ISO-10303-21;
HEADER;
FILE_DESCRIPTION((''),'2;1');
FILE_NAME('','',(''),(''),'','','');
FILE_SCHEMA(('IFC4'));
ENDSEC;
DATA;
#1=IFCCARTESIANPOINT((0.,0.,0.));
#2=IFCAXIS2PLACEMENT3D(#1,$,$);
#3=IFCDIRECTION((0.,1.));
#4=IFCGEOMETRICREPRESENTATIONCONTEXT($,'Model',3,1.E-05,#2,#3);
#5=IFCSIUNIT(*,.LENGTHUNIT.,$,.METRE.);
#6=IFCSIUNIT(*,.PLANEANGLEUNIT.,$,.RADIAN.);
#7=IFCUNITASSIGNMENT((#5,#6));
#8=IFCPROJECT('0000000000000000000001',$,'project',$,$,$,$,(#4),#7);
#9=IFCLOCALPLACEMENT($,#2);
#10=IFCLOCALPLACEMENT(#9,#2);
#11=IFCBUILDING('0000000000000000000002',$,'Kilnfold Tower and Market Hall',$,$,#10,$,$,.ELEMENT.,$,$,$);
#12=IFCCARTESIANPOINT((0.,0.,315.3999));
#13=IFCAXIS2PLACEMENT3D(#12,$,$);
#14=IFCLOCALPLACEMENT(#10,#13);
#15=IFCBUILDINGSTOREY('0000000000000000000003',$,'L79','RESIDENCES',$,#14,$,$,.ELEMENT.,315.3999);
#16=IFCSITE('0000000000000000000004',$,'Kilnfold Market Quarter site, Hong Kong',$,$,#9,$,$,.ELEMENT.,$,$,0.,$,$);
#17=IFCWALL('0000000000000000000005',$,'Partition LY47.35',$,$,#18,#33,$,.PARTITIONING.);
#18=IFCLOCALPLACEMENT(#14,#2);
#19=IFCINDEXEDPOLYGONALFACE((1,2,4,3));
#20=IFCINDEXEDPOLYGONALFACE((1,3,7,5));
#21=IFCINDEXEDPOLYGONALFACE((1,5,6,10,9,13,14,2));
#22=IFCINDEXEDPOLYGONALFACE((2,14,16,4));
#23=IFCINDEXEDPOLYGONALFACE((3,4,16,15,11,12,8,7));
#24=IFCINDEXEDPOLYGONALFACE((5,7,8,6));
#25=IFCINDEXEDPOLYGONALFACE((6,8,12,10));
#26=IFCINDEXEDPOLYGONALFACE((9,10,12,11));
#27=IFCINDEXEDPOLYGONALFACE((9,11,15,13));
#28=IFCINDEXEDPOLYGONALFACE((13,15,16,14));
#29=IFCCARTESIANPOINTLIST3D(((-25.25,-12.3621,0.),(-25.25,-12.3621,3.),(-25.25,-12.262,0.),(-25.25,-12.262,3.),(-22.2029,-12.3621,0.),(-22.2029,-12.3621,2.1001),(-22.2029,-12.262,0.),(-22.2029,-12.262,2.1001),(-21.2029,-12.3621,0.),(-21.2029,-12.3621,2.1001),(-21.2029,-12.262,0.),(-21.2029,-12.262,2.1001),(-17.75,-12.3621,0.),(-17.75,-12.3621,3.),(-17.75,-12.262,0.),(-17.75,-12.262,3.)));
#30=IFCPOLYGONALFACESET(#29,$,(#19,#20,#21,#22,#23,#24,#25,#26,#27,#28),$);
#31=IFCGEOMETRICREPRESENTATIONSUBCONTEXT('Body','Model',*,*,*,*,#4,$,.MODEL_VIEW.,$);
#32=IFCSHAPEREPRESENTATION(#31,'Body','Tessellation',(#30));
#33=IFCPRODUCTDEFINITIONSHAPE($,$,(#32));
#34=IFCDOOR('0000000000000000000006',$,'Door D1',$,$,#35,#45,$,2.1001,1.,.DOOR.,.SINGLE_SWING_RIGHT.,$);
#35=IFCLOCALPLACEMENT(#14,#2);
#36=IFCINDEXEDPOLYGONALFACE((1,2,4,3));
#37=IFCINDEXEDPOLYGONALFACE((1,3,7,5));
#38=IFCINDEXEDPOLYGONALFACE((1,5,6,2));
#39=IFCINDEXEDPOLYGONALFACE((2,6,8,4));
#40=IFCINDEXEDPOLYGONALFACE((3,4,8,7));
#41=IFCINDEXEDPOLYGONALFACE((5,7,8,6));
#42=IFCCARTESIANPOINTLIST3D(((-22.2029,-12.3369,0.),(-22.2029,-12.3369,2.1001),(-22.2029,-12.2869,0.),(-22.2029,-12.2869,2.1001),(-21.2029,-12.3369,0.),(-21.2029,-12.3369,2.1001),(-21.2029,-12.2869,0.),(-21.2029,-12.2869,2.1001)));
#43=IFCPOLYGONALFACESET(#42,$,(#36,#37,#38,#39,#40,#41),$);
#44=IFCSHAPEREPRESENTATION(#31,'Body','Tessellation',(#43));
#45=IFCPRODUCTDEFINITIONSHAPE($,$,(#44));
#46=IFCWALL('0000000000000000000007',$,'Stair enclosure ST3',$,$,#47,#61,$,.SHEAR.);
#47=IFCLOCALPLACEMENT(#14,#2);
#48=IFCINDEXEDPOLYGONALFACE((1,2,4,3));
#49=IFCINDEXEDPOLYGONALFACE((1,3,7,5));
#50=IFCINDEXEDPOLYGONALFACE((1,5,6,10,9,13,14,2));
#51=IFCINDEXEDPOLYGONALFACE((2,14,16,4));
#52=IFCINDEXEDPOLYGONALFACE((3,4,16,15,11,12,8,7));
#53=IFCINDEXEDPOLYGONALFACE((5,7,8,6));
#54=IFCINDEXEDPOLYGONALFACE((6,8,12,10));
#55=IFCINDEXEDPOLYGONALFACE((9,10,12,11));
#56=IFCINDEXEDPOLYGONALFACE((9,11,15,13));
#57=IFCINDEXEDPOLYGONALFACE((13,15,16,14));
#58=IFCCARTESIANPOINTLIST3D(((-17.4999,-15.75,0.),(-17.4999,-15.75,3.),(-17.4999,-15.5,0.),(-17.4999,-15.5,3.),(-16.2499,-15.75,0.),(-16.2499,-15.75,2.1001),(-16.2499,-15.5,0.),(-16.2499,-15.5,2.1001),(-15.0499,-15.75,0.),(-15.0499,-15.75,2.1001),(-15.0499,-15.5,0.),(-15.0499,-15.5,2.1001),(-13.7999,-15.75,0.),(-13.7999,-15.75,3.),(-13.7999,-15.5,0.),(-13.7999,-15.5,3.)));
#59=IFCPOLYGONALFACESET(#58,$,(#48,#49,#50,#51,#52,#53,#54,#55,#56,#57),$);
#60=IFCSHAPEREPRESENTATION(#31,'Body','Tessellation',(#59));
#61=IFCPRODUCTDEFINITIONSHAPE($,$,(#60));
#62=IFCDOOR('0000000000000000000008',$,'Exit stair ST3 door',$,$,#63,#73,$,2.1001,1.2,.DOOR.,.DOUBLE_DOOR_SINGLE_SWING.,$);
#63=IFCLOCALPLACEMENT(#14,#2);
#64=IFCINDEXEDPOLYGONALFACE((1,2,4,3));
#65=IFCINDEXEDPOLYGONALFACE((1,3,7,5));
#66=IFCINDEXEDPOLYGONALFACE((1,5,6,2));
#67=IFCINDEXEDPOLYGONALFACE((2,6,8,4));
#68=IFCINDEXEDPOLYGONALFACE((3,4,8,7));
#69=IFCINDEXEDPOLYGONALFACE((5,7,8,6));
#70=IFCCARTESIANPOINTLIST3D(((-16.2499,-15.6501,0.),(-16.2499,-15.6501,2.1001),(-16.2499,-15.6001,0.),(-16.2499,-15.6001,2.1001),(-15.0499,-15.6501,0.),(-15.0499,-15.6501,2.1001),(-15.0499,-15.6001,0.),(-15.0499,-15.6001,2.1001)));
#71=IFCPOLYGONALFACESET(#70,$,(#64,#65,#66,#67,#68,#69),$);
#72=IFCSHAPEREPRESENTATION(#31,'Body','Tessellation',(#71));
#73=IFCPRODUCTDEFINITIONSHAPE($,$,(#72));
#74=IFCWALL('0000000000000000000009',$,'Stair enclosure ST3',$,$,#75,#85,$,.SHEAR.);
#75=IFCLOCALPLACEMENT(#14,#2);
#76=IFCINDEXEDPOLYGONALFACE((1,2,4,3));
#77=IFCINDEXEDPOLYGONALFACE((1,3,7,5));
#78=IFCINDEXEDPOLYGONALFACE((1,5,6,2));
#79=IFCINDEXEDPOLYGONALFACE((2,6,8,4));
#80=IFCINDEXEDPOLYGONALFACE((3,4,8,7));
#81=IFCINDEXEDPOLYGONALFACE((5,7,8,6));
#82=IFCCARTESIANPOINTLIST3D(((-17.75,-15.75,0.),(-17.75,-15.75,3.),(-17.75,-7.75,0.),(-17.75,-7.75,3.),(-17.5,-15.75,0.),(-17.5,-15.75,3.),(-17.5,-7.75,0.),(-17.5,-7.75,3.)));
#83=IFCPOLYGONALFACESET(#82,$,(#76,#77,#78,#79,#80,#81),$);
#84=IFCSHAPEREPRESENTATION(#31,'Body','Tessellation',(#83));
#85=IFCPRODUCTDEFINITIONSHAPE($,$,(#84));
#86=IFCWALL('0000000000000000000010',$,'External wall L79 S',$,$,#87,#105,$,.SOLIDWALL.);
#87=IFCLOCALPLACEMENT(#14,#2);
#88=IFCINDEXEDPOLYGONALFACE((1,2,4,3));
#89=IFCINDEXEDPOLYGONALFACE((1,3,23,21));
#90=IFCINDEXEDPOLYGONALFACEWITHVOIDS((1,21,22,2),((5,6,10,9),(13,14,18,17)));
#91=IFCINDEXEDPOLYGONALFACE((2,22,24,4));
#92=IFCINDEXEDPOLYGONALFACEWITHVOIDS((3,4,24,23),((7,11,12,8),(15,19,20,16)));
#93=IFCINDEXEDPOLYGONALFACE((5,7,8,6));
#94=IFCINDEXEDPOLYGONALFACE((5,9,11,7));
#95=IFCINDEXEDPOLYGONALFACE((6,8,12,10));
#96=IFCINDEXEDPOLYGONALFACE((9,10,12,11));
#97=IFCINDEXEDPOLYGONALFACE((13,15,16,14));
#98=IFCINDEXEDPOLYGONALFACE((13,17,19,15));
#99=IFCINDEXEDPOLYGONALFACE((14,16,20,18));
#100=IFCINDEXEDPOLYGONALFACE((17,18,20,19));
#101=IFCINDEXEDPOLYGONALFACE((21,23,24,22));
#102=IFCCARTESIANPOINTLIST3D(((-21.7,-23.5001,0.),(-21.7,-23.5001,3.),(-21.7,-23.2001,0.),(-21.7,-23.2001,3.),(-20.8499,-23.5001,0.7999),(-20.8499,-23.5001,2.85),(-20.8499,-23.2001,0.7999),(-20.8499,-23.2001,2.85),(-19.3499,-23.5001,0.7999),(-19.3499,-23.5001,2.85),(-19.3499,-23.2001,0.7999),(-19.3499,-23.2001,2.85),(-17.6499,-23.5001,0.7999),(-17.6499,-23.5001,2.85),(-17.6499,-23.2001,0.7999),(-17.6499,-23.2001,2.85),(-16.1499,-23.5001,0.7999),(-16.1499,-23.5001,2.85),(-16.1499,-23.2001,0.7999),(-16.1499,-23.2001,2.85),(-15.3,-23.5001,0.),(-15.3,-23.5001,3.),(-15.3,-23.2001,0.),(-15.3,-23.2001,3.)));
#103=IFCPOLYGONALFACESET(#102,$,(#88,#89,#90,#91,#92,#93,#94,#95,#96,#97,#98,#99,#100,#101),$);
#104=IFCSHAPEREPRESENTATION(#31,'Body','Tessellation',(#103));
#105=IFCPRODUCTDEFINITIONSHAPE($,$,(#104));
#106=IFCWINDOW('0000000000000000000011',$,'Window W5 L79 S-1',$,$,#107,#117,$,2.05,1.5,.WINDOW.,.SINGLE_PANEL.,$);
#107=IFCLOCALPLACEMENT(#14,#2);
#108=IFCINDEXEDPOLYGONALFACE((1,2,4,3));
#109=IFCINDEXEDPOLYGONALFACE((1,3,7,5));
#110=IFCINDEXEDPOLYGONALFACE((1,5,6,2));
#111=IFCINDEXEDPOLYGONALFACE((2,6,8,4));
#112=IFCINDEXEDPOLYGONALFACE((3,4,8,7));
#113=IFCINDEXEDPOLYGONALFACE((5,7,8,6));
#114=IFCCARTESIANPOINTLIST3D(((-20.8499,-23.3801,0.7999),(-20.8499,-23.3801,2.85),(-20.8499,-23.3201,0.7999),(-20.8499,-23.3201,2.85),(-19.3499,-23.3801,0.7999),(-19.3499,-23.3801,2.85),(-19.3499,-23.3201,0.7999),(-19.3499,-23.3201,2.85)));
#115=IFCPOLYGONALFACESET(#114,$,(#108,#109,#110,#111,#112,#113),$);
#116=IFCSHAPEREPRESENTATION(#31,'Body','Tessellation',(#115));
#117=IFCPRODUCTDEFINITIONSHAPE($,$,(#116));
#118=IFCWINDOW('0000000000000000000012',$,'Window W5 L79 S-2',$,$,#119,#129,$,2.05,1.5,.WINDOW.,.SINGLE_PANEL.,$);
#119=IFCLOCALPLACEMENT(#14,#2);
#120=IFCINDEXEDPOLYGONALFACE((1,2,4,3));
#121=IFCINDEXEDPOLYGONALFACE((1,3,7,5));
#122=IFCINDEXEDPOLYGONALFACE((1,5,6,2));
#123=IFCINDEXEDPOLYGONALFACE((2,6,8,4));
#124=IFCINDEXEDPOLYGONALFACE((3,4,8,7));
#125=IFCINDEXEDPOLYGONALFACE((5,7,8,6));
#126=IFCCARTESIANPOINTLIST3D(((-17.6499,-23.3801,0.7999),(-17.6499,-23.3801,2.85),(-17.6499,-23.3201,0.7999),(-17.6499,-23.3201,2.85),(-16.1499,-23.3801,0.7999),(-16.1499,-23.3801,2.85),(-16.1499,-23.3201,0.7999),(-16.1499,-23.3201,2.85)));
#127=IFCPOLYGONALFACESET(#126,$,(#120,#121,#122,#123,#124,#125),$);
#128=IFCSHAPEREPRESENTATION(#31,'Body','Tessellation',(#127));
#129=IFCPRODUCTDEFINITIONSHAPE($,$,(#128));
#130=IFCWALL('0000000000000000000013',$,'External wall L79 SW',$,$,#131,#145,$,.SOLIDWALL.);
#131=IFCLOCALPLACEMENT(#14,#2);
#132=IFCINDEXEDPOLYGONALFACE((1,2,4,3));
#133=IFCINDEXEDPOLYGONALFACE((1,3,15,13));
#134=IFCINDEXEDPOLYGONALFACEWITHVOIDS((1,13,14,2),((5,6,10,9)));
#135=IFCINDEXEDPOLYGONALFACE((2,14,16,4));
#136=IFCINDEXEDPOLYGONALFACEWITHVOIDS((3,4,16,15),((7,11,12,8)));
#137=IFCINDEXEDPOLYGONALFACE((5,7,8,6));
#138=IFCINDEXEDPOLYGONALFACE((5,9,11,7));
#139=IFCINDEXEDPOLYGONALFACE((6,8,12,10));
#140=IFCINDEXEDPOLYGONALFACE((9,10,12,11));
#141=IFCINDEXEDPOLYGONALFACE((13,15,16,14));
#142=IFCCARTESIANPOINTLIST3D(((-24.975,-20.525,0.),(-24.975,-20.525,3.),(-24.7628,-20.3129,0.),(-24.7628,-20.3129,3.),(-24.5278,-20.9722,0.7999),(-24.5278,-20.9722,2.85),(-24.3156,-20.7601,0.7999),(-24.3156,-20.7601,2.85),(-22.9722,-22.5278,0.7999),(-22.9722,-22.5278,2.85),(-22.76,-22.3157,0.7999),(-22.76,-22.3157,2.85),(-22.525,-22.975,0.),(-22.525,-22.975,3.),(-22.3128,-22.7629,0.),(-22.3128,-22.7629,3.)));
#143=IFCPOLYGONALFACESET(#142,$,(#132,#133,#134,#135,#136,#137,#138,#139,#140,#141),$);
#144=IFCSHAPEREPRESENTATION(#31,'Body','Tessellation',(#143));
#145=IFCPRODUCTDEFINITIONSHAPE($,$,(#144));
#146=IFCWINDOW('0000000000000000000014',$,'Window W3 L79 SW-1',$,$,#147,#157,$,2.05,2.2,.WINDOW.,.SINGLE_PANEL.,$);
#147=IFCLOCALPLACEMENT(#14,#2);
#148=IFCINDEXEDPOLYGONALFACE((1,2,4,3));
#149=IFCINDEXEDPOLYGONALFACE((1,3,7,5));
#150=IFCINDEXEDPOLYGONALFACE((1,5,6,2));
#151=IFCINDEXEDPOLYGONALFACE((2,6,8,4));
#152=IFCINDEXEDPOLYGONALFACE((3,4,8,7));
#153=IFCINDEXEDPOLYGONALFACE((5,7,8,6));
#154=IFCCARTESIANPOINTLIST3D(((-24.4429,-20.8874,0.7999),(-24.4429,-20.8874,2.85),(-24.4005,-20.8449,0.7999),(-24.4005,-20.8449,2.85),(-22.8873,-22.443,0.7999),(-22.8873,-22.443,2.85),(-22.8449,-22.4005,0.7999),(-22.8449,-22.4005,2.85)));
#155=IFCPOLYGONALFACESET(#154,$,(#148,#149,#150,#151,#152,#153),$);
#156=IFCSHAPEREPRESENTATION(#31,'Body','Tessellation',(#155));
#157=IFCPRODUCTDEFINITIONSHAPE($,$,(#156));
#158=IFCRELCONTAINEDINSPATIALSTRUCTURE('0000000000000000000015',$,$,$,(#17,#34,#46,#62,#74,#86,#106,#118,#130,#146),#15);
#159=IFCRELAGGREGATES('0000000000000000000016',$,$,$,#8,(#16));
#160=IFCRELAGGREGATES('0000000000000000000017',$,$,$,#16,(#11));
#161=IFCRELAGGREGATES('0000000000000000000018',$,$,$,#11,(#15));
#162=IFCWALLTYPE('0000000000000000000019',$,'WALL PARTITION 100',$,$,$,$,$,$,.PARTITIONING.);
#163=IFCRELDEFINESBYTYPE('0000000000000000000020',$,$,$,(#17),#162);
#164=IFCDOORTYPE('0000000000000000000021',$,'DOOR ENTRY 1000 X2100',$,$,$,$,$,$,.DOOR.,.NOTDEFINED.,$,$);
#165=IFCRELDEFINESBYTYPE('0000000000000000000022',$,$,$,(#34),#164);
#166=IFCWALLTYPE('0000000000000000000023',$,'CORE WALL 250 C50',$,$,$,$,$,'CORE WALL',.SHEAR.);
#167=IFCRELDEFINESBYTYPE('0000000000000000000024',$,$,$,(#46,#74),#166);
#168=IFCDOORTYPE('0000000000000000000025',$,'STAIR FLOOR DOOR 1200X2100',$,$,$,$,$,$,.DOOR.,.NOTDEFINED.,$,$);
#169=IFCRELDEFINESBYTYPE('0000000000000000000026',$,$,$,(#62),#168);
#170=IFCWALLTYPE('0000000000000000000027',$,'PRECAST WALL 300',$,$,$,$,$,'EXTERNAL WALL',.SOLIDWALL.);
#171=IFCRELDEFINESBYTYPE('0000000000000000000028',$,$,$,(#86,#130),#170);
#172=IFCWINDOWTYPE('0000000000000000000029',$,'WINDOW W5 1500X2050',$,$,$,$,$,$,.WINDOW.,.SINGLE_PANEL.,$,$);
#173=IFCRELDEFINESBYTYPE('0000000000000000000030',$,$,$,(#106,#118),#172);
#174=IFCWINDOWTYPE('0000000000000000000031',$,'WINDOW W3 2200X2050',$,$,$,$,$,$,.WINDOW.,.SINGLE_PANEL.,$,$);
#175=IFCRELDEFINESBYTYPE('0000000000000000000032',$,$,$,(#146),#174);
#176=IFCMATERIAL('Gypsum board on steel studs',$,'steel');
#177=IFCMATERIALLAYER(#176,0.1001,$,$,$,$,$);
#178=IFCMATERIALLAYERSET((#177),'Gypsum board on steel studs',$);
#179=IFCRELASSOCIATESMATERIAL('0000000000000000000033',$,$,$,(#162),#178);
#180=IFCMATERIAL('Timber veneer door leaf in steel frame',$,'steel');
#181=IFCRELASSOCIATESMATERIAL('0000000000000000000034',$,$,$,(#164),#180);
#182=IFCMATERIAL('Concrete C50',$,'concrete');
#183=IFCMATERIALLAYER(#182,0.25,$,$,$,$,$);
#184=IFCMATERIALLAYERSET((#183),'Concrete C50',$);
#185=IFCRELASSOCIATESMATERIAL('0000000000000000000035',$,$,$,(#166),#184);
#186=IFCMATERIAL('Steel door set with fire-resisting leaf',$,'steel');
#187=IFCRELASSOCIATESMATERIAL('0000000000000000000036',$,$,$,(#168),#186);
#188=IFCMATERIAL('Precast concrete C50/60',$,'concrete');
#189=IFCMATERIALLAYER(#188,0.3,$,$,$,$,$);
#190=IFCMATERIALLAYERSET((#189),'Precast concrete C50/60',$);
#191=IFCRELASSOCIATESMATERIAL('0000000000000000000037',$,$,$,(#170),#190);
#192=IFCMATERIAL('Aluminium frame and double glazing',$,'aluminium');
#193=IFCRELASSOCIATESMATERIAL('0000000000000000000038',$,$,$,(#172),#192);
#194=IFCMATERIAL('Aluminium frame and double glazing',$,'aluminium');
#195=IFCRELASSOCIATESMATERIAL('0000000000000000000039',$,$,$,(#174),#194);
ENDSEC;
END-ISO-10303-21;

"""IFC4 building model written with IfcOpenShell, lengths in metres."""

from ifc_helpers import new_model, si_unit, direction, frame, frame_2d, origin, place, context, subcontext, project, spatial, rectangle, extrude, source, transform, mapped, material, layer, layer_set, type_object, element, fill, save


model = new_model("IFC4")

# Units and contexts
model_context = context("Model", 3, precision=1e-05, world=origin(), true_north=direction((0.0, 1.0)))
body_context = subcontext(model_context, "Body", "Model", "MODEL_VIEW")
ifc_project = project(units=[si_unit("LENGTHUNIT", "METRE"), si_unit("PLANEANGLEUNIT", "RADIAN")], contexts=[model_context])

# Site, building, storey
site_placement = place(None, origin())
site = spatial("IfcSite", under=ifc_project, at=site_placement, Name="Kilnfold Market Quarter site, Hong Kong", CompositionType="ELEMENT", RefElevation=0.0)
building_placement = place(site_placement, origin())
building = spatial("IfcBuilding", under=site, at=building_placement, Name="Kilnfold Tower and Market Hall", CompositionType="ELEMENT")
storey_placement = place(building_placement, frame((0.0, 0.0, 315.3999)))
storey = spatial("IfcBuildingStorey", under=building, at=storey_placement, Name="L79", Description="RESIDENCES", CompositionType="ELEMENT", Elevation=315.3999)

# Walls, openings, doors
ifc_material_1 = material(Name="Gypsum board on steel studs", Category="steel")
ifc_layer_1 = layer(ifc_material_1, 0.1001)
ifc_layer_set_1 = layer_set([ifc_layer_1], Name="Gypsum board on steel studs")
wall_type_1 = type_object("IfcWallType", Name="WALL PARTITION 100", PredefinedType="PARTITIONING", material=ifc_layer_set_1)
wall_1_placement = place(storey_placement, frame((-17.75, -12.312, 0.0), z_axis=(0.0, 0.0, 1.0), x_axis=(-1.0, 0.0, 0.0)))
wall_1 = element("IfcWall", 1, at=wall_1_placement, inside=storey, type_object=wall_type_1, Name="Partition LY47.35", PredefinedType="PARTITIONING", context=body_context, shape_type="SweptSolid", body=[
    extrude(rectangle(XDim=7.5, YDim=0.1001, at=frame_2d((3.75, 0.0))), origin(), (0.0, 0.0, 1.0), 3.0),
])
opening_1_placement = place(wall_1_placement, frame((3.4529, 0.0, 0.0)))
opening_1 = element("IfcOpeningElement", 2, at=opening_1_placement, cuts=wall_1, PredefinedType="OPENING", context=body_context, shape_type="SweptSolid", body=[
    extrude(rectangle(XDim=1.0, YDim=2.1001, at=frame_2d((0.5, 1.05))), frame((0.0, 0.0601, 0.0), z_axis=(0.0, -1.0, 0.0), x_axis=(1.0, 0.0, 0.0)), (0.0, 0.0, 1.0), 0.1201),
])
ifc_material_2 = material(Name="Timber veneer door leaf in steel frame", Category="steel")
door_type_1 = type_object("IfcDoorType", Name="DOOR ENTRY 1000 X2100", OperationType="NOTDEFINED", PredefinedType="DOOR", material=ifc_material_2)
door_1_placement = place(opening_1_placement, origin())
door_1 = element("IfcDoor", 3, at=door_1_placement, inside=storey, type_object=door_type_1, Name="Door D1", OperationType="SINGLE_SWING_RIGHT", OverallHeight=2.1001, OverallWidth=1.0, PredefinedType="DOOR", context=body_context, shape_type="SweptSolid", body=[
    extrude(rectangle(XDim=1.0, YDim=2.1001, at=frame_2d((0.5, 1.05))), frame((0.0, 0.0249, 0.0), z_axis=(0.0, -1.0, 0.0), x_axis=(1.0, 0.0, 0.0)), (0.0, 0.0, 1.0), 0.05),
])
fill(opening_1, door_1)
ifc_material_3 = material(Name="Concrete C50", Category="concrete")
ifc_layer_2 = layer(ifc_material_3, 0.25)
ifc_layer_set_2 = layer_set([ifc_layer_2], Name="Concrete C50")
wall_type_2 = type_object("IfcWallType", Name="CORE WALL 250 C50", ElementType="CORE WALL", PredefinedType="SHEAR", material=ifc_layer_set_2)
shared_shape_1 = source(origin(), body_context, "Body", "SweptSolid", [
    extrude(rectangle(XDim=3.7, YDim=0.25, at=frame_2d((1.8501, 0.0))), origin(), (0.0, 0.0, 1.0), 3.0),
])
wall_2_placement = place(storey_placement, frame((-17.5, -15.625, 0.0), z_axis=(0.0, 0.0, 1.0), x_axis=(1.0, 0.0, 0.0)))
wall_2 = element("IfcWall", 4, at=wall_2_placement, inside=storey, type_object=wall_type_2, Name="Stair enclosure ST3", PredefinedType="SHEAR", context=body_context, shape_type="MappedRepresentation", body=[
    mapped(shared_shape_1, transform((0.0, 0.0, 0.0))),
])
opening_2_placement = place(wall_2_placement, frame((1.25, 0.0, 0.0)))
opening_2 = element("IfcOpeningElement", 5, at=opening_2_placement, cuts=wall_2, PredefinedType="OPENING", context=body_context, shape_type="SweptSolid", body=[
    extrude(rectangle(XDim=1.2, YDim=2.1001, at=frame_2d((0.6001, 1.05))), frame((0.0, 0.135, 0.0), z_axis=(0.0, -1.0, 0.0), x_axis=(1.0, 0.0, 0.0)), (0.0, 0.0, 1.0), 0.27),
])
ifc_material_4 = material(Name="Steel door set with fire-resisting leaf", Category="steel")
door_type_2 = type_object("IfcDoorType", Name="STAIR FLOOR DOOR 1200X2100", OperationType="NOTDEFINED", PredefinedType="DOOR", material=ifc_material_4)
door_2_placement = place(opening_2_placement, origin())
door_2 = element("IfcDoor", 6, at=door_2_placement, inside=storey, type_object=door_type_2, Name="Exit stair ST3 door", OperationType="DOUBLE_DOOR_SINGLE_SWING", OverallHeight=2.1001, OverallWidth=1.2, PredefinedType="DOOR", context=body_context, shape_type="SweptSolid", body=[
    extrude(rectangle(XDim=1.2, YDim=2.1001, at=frame_2d((0.6001, 1.05))), frame((0.0, 0.0249, 0.0), z_axis=(0.0, -1.0, 0.0), x_axis=(1.0, 0.0, 0.0)), (0.0, 0.0, 1.0), 0.05),
])
fill(opening_2, door_2)

# Wall
shared_shape_2 = source(origin(), body_context, "Body", "SweptSolid", [
    extrude(rectangle(XDim=8.0, YDim=0.25, at=frame_2d((4.0, 0.0))), origin(), (0.0, 0.0, 1.0), 3.0),
])
wall_3_placement = place(storey_placement, frame((-17.625, -15.75, 0.0), z_axis=(0.0, 0.0, 1.0), x_axis=(0.0, 1.0, 0.0)))
element("IfcWall", 7, at=wall_3_placement, inside=storey, type_object=wall_type_2, Name="Stair enclosure ST3", PredefinedType="SHEAR", context=body_context, shape_type="MappedRepresentation", body=[
    mapped(shared_shape_2, transform((0.0, 0.0, 0.0))),
])

# Wall, openings, windows
ifc_material_5 = material(Name="Precast concrete C50/60", Category="concrete")
ifc_layer_3 = layer(ifc_material_5, 0.3)
ifc_layer_set_3 = layer_set([ifc_layer_3], Name="Precast concrete C50/60")
wall_type_3 = type_object("IfcWallType", Name="PRECAST WALL 300", ElementType="EXTERNAL WALL", PredefinedType="SOLIDWALL", material=ifc_layer_set_3)
shared_shape_3 = source(origin(), body_context, "Body", "SweptSolid", [
    extrude(rectangle(XDim=6.3999, YDim=0.3, at=frame_2d((3.2, 0.0))), origin(), (0.0, 0.0, 1.0), 3.0),
])
wall_4_placement = place(storey_placement, frame((-21.7, -23.3501, 0.0), z_axis=(0.0, 0.0, 1.0), x_axis=(1.0, 0.0, 0.0)))
wall_4 = element("IfcWall", 8, at=wall_4_placement, inside=storey, type_object=wall_type_3, Name="External wall L79 S", PredefinedType="SOLIDWALL", context=body_context, shape_type="MappedRepresentation", body=[
    mapped(shared_shape_3, transform((0.0, 0.0, 0.0))),
])
opening_3_placement = place(wall_4_placement, frame((0.8501, 0.0, 0.8)))
opening_3 = element("IfcOpeningElement", 9, at=opening_3_placement, cuts=wall_4, PredefinedType="OPENING", context=body_context, shape_type="SweptSolid", body=[
    extrude(rectangle(XDim=1.5, YDim=2.05, at=frame_2d((0.75, 1.0249))), frame((0.0, 0.1602, 0.0), z_axis=(0.0, -1.0, 0.0), x_axis=(1.0, 0.0, 0.0)), (0.0, 0.0, 1.0), 0.3201),
])
opening_4_placement = place(wall_4_placement, frame((4.05, 0.0, 0.8)))
opening_4 = element("IfcOpeningElement", 10, at=opening_4_placement, cuts=wall_4, PredefinedType="OPENING", context=body_context, shape_type="SweptSolid", body=[
    extrude(rectangle(XDim=1.5, YDim=2.05, at=frame_2d((0.75, 1.0249))), frame((0.0, 0.1602, 0.0), z_axis=(0.0, -1.0, 0.0), x_axis=(1.0, 0.0, 0.0)), (0.0, 0.0, 1.0), 0.3201),
])
ifc_material_6 = material(Name="Aluminium frame and double glazing", Category="aluminium")
window_type_1 = type_object("IfcWindowType", Name="WINDOW W5 1500X2050", PartitioningType="SINGLE_PANEL", PredefinedType="WINDOW", material=ifc_material_6)
window_1_placement = place(opening_3_placement, origin())
window_1 = element("IfcWindow", 11, at=window_1_placement, inside=storey, type_object=window_type_1, Name="Window W5 L79 S-1", OverallHeight=2.05, OverallWidth=1.5, PartitioningType="SINGLE_PANEL", PredefinedType="WINDOW", context=body_context, shape_type="SweptSolid", body=[
    extrude(rectangle(XDim=1.5, YDim=2.05, at=frame_2d((0.75, 1.0249))), frame((0.0, 0.03, 0.0), z_axis=(0.0, -1.0, 0.0), x_axis=(1.0, 0.0, 0.0)), (0.0, 0.0, 1.0), 0.0601),
])
fill(opening_3, window_1)
window_2_placement = place(opening_4_placement, origin())
window_2 = element("IfcWindow", 12, at=window_2_placement, inside=storey, type_object=window_type_1, Name="Window W5 L79 S-2", OverallHeight=2.05, OverallWidth=1.5, PartitioningType="SINGLE_PANEL", PredefinedType="WINDOW", context=body_context, shape_type="SweptSolid", body=[
    extrude(rectangle(XDim=1.5, YDim=2.05, at=frame_2d((0.75, 1.0249))), frame((0.0, 0.03, 0.0), z_axis=(0.0, -1.0, 0.0), x_axis=(1.0, 0.0, 0.0)), (0.0, 0.0, 1.0), 0.0601),
])
fill(opening_4, window_2)

# Wall, opening, window
shared_shape_4 = source(origin(), body_context, "Body", "SweptSolid", [
    extrude(rectangle(XDim=3.4648, YDim=0.3, at=frame_2d((1.7324, 0.0))), origin(), (0.0, 0.0, 1.0), 3.0),
])
wall_5_placement = place(storey_placement, frame((-24.8689, -20.4189, 0.0), z_axis=(0.0, 0.0, 1.0), x_axis=(0.707107, -0.707107, 0.0)))
wall_5 = element("IfcWall", 13, at=wall_5_placement, inside=storey, type_object=wall_type_3, Name="External wall L79 SW", PredefinedType="SOLIDWALL", context=body_context, shape_type="MappedRepresentation", body=[
    mapped(shared_shape_4, transform((0.0, 0.0, 0.0))),
])
opening_5_placement = place(wall_5_placement, frame((0.6323, 0.0, 0.8)))
opening_5 = element("IfcOpeningElement", 14, at=opening_5_placement, cuts=wall_5, PredefinedType="OPENING", context=body_context, shape_type="SweptSolid", body=[
    extrude(rectangle(XDim=2.2, YDim=2.05, at=frame_2d((1.1001, 1.0249))), frame((0.0, 0.1602, 0.0), z_axis=(0.0, -1.0, 0.0), x_axis=(1.0, 0.0, 0.0)), (0.0, 0.0, 1.0), 0.3201),
])
ifc_material_7 = material(Name="Aluminium frame and double glazing", Category="aluminium")
window_type_2 = type_object("IfcWindowType", Name="WINDOW W3 2200X2050", PartitioningType="SINGLE_PANEL", PredefinedType="WINDOW", material=ifc_material_7)
window_3_placement = place(opening_5_placement, origin())
window_3 = element("IfcWindow", 15, at=window_3_placement, inside=storey, type_object=window_type_2, Name="Window W3 L79 SW-1", OverallHeight=2.05, OverallWidth=2.2, PartitioningType="SINGLE_PANEL", PredefinedType="WINDOW", context=body_context, shape_type="SweptSolid", body=[
    extrude(rectangle(XDim=2.2, YDim=2.05, at=frame_2d((1.1001, 1.0249))), frame((0.0, 0.03, 0.0), z_axis=(0.0, -1.0, 0.0), x_axis=(1.0, 0.0, 0.0)), (0.0, 0.0, 1.0), 0.0601),
])
fill(opening_5, window_3)

save(model, "model.ifc")
